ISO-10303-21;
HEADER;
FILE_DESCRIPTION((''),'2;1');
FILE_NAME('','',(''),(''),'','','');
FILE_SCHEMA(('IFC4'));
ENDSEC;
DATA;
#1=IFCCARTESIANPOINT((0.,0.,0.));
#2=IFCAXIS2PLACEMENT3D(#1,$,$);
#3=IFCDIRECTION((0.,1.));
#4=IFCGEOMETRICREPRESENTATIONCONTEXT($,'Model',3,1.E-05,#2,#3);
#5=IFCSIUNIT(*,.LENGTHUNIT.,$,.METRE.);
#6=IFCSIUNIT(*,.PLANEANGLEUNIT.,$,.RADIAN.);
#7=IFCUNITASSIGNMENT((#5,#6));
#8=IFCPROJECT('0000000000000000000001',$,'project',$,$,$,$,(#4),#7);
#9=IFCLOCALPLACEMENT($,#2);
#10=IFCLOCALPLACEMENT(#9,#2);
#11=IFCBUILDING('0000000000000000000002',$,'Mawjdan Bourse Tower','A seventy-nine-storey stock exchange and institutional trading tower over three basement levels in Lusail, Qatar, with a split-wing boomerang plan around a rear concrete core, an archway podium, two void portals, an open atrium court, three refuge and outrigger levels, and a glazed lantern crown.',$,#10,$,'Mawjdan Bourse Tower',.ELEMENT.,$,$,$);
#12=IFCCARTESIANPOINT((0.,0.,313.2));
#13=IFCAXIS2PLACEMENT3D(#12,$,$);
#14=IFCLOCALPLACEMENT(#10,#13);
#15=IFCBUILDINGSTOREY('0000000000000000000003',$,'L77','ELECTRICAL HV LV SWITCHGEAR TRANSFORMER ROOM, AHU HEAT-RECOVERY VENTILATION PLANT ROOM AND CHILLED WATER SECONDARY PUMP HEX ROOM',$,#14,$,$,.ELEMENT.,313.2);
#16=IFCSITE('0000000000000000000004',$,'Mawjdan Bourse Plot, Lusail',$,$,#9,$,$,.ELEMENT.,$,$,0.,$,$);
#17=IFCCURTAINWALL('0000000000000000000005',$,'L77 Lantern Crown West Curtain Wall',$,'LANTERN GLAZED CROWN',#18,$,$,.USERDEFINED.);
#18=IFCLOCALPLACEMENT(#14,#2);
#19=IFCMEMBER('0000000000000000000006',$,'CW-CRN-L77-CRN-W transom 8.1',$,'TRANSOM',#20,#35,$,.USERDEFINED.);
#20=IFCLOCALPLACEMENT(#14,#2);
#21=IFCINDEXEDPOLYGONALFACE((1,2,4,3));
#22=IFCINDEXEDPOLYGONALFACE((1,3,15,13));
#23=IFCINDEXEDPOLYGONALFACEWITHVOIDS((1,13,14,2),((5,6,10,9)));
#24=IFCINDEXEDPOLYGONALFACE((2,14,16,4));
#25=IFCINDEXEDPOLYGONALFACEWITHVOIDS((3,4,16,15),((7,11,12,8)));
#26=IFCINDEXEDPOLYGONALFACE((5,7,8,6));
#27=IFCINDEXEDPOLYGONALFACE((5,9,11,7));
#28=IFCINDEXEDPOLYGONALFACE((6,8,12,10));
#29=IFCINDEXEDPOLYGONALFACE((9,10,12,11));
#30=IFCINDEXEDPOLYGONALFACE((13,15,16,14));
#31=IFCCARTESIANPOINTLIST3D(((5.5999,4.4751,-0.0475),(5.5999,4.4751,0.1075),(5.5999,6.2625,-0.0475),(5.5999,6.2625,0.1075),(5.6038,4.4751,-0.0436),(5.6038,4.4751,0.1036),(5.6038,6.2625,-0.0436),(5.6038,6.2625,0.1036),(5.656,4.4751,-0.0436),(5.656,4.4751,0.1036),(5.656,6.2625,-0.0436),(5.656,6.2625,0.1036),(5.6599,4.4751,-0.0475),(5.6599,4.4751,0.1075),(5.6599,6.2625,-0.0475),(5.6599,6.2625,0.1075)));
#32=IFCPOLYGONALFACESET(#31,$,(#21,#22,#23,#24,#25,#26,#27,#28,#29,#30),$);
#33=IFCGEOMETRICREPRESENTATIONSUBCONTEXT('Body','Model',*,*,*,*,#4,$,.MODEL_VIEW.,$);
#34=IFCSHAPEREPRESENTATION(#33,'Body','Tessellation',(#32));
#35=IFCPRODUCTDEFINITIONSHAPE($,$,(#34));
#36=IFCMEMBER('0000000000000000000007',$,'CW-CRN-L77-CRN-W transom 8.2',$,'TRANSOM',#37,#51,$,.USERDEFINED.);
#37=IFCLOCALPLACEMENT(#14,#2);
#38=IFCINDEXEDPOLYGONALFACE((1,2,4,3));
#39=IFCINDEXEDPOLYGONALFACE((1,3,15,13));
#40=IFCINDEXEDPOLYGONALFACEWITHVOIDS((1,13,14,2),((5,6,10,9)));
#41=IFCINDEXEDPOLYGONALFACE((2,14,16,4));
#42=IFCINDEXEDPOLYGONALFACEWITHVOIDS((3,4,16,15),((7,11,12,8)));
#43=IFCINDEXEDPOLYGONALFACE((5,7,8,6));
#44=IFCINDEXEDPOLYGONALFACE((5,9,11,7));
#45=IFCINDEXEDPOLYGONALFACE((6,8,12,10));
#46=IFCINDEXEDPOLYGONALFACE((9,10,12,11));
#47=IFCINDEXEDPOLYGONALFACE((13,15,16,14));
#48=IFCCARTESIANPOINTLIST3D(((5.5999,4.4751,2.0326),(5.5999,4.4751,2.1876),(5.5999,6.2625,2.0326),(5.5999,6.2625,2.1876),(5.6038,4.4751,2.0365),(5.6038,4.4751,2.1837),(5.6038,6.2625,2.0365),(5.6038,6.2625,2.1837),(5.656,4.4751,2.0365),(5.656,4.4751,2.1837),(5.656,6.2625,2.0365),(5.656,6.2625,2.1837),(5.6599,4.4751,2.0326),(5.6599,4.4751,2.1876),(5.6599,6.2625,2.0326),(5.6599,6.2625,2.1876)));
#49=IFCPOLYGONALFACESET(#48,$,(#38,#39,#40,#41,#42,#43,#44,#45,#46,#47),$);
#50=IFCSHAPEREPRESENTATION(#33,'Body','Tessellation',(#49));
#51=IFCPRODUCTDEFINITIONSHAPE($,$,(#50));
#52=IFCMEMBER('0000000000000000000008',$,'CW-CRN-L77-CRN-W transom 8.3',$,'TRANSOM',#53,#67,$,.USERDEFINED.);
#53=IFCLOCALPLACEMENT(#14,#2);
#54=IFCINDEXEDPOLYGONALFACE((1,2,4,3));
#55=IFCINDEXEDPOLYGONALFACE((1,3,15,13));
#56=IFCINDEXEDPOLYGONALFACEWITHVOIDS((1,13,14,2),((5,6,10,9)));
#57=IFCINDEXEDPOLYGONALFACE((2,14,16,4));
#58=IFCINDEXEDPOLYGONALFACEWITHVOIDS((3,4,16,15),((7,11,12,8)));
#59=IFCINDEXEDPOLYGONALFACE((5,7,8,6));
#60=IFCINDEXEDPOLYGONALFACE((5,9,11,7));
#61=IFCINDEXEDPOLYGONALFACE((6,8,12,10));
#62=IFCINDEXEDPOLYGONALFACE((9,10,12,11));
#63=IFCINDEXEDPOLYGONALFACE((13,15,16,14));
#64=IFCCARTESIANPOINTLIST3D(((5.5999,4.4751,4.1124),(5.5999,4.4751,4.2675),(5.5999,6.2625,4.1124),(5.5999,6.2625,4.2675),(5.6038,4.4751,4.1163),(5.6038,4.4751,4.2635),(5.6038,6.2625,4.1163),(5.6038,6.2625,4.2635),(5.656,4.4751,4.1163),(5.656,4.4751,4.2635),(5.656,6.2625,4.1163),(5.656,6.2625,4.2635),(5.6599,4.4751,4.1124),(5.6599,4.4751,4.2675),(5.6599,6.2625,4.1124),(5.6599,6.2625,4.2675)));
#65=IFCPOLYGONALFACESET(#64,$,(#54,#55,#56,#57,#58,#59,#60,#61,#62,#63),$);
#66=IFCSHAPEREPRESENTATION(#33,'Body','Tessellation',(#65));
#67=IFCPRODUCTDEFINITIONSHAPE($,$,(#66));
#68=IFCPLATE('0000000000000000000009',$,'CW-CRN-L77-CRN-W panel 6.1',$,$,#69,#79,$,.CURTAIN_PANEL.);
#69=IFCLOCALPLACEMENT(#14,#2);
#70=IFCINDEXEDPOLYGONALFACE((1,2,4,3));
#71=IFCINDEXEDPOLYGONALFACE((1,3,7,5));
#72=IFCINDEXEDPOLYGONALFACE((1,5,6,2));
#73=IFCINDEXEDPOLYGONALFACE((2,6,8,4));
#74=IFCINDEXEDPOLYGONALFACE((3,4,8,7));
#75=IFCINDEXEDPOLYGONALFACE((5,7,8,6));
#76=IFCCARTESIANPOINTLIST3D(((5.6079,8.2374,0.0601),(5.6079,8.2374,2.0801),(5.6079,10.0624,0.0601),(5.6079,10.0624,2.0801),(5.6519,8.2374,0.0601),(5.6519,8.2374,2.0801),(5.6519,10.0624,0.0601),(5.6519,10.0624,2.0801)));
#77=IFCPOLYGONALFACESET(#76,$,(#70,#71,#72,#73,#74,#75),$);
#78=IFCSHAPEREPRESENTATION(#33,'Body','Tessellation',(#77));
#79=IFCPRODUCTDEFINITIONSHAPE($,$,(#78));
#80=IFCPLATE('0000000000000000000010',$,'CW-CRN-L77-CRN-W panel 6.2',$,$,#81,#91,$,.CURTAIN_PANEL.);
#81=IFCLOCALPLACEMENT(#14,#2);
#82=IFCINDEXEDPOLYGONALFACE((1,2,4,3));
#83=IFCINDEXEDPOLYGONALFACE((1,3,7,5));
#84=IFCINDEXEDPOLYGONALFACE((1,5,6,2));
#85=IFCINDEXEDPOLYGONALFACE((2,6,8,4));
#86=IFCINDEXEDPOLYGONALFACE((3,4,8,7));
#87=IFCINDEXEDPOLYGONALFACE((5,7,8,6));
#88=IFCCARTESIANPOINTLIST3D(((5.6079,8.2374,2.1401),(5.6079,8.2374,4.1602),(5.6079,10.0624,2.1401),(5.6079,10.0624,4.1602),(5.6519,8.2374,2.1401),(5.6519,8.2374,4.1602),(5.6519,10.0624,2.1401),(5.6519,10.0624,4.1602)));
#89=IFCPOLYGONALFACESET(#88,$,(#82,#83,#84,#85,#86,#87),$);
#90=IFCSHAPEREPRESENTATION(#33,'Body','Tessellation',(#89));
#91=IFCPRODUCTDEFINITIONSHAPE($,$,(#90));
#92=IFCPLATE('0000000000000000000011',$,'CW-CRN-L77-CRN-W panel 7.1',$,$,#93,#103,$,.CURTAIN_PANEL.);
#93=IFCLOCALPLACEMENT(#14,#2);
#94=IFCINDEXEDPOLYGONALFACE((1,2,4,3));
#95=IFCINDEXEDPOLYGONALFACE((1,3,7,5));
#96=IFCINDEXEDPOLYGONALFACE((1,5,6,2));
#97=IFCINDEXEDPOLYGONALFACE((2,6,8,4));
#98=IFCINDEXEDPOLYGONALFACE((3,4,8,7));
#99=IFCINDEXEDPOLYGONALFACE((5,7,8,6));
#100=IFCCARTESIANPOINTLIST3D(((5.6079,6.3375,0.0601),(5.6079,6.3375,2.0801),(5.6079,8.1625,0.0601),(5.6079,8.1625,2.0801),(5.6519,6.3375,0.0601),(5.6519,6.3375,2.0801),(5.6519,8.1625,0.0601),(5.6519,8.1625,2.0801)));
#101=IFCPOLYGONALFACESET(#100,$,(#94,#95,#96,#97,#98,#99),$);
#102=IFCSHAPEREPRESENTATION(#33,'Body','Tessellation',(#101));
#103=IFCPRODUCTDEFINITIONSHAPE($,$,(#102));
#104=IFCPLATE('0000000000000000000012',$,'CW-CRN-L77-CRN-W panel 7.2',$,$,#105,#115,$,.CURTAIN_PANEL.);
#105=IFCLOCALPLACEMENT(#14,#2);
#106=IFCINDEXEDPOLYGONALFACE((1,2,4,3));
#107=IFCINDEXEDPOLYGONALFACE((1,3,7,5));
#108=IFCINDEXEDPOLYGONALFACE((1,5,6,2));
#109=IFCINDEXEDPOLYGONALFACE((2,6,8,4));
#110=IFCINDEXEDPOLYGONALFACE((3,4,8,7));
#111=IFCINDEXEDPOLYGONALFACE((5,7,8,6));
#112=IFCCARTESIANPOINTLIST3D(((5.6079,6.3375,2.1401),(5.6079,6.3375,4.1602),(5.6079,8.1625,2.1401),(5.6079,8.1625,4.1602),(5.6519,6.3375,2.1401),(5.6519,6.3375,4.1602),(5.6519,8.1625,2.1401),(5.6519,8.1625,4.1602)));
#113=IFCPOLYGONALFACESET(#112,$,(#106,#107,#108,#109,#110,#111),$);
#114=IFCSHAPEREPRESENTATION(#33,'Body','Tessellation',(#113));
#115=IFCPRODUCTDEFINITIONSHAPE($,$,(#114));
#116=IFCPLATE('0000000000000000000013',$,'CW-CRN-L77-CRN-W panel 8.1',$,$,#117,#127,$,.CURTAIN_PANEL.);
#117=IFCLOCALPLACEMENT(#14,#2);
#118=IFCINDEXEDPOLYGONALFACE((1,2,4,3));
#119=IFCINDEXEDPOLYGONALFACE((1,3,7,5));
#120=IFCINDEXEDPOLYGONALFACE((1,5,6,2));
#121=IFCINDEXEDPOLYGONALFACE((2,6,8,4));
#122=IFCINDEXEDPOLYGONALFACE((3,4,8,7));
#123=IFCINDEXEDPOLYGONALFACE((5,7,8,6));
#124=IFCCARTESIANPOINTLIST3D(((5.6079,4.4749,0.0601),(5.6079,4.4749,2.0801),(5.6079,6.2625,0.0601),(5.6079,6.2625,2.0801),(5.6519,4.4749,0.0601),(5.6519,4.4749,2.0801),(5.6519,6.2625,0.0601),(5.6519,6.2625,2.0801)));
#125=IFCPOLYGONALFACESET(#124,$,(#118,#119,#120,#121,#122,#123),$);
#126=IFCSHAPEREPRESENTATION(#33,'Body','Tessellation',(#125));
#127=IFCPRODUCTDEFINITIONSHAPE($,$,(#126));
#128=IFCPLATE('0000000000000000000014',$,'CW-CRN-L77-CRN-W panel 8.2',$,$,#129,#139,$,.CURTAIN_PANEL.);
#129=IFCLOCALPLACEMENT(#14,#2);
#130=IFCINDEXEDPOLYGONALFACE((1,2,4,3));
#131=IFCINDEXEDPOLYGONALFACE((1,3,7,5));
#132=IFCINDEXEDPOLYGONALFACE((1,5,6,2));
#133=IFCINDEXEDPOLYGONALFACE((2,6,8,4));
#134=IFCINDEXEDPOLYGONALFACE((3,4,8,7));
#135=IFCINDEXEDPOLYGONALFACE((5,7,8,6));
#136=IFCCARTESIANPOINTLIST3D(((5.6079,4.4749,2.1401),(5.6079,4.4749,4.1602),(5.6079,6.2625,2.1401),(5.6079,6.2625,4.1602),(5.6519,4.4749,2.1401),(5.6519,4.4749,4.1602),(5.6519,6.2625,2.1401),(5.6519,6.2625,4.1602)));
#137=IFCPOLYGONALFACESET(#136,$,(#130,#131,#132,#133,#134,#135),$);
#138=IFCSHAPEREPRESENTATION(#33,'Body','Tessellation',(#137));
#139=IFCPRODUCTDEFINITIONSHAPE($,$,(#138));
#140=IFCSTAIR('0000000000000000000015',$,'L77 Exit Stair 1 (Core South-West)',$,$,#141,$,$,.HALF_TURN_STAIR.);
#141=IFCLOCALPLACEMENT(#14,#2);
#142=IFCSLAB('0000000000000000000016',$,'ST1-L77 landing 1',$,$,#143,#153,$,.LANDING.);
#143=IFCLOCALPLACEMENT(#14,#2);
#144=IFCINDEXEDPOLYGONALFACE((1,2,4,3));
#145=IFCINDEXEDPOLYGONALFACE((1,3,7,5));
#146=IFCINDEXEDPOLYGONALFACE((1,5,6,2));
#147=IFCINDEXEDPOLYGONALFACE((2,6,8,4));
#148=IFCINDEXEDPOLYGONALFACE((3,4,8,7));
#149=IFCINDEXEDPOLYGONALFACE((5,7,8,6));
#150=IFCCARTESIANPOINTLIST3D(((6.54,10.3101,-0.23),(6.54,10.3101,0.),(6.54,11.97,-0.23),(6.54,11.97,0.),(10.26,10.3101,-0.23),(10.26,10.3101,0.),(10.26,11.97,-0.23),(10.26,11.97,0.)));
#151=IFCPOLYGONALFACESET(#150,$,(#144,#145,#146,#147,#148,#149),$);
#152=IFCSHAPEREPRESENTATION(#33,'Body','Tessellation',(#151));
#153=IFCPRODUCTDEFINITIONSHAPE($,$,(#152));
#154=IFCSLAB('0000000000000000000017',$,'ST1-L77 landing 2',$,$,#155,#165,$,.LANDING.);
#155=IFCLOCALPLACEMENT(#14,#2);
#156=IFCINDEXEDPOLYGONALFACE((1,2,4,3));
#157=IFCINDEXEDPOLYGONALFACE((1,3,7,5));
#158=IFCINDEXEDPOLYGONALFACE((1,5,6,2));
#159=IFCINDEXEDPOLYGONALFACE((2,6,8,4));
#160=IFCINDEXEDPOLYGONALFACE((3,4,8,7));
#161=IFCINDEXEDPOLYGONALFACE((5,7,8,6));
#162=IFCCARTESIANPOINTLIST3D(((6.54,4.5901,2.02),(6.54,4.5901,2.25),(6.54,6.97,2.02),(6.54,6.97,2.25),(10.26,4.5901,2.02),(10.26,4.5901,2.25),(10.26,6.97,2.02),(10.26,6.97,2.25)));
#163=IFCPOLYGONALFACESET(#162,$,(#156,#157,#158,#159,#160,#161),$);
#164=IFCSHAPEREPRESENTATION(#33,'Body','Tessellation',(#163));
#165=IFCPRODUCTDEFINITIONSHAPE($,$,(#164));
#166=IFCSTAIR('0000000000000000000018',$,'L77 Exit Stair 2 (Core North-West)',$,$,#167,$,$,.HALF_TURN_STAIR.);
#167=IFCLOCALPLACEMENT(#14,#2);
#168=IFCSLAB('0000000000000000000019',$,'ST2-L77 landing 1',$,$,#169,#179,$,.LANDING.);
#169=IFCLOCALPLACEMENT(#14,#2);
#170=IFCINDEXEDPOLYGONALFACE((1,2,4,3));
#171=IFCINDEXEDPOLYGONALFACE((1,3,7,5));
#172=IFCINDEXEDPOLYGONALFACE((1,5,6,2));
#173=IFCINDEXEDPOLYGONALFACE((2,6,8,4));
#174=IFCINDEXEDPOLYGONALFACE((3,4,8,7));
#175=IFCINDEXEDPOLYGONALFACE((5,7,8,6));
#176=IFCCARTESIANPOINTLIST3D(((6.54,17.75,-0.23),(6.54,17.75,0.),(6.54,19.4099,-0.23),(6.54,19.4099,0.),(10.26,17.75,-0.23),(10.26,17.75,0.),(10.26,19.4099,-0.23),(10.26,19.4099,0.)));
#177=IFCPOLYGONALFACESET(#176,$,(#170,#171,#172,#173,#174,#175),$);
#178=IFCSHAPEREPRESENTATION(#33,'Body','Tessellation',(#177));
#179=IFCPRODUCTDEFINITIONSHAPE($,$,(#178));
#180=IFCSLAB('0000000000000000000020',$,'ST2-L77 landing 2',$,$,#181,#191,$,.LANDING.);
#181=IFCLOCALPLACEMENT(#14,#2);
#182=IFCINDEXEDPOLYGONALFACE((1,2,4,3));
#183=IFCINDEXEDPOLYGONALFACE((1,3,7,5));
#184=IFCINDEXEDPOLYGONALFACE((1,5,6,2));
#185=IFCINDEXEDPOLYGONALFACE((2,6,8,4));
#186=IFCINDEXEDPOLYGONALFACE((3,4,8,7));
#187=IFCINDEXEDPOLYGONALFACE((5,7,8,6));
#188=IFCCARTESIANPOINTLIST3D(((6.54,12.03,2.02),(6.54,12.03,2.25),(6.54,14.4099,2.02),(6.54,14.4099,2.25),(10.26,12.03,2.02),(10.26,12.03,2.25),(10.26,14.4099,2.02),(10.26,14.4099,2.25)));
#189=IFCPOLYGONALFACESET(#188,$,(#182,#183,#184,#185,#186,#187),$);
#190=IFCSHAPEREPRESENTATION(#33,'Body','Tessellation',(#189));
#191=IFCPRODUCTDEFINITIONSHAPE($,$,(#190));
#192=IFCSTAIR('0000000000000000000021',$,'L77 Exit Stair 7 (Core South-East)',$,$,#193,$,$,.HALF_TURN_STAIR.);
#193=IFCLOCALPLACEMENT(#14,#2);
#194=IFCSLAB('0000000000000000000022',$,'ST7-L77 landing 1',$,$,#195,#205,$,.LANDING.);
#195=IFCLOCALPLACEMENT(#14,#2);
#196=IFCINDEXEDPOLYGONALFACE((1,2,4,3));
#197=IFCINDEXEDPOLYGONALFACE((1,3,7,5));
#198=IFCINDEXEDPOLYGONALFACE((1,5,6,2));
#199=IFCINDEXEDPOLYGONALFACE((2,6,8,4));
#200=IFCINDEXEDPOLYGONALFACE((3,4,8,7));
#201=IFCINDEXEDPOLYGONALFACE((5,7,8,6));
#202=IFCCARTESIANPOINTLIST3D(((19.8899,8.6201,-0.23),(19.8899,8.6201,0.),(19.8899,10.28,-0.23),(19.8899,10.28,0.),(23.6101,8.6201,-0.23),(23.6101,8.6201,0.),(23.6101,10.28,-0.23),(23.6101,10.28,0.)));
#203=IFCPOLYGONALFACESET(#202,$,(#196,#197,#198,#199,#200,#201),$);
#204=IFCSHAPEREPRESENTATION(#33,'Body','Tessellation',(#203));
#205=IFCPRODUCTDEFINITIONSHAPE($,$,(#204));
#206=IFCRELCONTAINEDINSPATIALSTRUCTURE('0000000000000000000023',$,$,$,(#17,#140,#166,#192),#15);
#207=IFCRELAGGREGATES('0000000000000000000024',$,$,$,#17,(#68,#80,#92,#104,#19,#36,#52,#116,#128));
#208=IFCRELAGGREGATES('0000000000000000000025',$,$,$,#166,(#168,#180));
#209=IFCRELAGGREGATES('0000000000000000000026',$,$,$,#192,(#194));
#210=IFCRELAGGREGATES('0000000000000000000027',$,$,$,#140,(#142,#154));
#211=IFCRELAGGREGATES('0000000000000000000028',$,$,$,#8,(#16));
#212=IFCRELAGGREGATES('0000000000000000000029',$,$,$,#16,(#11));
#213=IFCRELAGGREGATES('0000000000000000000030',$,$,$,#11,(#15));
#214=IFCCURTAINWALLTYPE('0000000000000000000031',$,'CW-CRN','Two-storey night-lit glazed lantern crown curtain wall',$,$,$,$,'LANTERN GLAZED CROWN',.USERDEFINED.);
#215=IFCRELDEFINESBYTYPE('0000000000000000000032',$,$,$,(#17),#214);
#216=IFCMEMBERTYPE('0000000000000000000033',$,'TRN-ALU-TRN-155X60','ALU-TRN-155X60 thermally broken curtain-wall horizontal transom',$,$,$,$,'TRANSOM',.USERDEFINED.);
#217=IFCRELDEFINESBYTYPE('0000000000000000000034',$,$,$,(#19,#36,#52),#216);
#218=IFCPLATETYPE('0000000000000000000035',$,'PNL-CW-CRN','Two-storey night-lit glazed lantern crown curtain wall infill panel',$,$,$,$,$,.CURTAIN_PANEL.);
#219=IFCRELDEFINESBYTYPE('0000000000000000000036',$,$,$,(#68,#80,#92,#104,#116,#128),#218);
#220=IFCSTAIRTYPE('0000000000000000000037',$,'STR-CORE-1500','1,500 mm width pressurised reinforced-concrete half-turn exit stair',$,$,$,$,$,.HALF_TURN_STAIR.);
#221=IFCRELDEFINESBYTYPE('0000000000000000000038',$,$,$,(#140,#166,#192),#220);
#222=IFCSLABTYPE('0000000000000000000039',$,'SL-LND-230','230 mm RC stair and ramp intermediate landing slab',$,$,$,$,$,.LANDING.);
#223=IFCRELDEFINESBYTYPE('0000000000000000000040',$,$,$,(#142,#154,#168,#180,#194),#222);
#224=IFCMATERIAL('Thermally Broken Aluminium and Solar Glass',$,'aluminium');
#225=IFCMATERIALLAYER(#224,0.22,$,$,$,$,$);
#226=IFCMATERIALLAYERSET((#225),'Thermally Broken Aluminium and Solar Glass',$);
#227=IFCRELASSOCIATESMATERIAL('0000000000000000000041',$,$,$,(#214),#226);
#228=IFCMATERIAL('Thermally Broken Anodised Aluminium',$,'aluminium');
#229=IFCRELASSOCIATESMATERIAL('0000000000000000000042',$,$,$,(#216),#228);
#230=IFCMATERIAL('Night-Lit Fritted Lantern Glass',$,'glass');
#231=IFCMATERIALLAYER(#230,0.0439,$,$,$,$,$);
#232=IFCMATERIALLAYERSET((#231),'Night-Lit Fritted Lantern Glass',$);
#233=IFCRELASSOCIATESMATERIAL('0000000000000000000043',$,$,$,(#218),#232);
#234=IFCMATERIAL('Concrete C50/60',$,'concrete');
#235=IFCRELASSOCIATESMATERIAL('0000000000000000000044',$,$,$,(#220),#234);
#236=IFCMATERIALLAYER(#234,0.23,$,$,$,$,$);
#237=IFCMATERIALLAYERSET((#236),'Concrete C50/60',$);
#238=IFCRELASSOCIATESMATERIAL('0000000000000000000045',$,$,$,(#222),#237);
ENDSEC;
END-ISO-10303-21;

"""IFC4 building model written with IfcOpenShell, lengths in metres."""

from ifc_helpers import new_model, si_unit, direction, frame, origin, origin_2d, place, context, subcontext, project, spatial, polyline, rectangle, hollow_rectangle, outline, extrude, material, layer, layer_set, material_profile, profile_set, type_object, element, aggregate, save


model = new_model("IFC4")

# Units and contexts
model_context = context("Model", 3, precision=1e-05, world=origin(), true_north=direction((0.0, 1.0)))
body_context = subcontext(model_context, "Body", "Model", "MODEL_VIEW")
ifc_project = project(units=[si_unit("LENGTHUNIT", "METRE"), si_unit("PLANEANGLEUNIT", "RADIAN")], contexts=[model_context])

# Site, building, storey
site_placement = place(None, origin())
site = spatial("IfcSite", under=ifc_project, at=site_placement, Name="Mawjdan Bourse Plot, Lusail", CompositionType="ELEMENT", RefElevation=0.0)
building_placement = place(site_placement, origin())
building = spatial("IfcBuilding", under=site, at=building_placement, Name="Mawjdan Bourse Tower", Description="A seventy-nine-storey stock exchange and institutional trading tower over three basement levels in Lusail, Qatar, with a split-wing boomerang plan around a rear concrete core, an archway podium, two void portals, an open atrium court, three refuge and outrigger levels, and a glazed lantern crown.", LongName="Mawjdan Bourse Tower", CompositionType="ELEMENT")
storey_placement = place(building_placement, frame((0.0, 0.0, 313.2)))
storey = spatial("IfcBuildingStorey", under=building, at=storey_placement, Name="L77", Description="ELECTRICAL HV LV SWITCHGEAR TRANSFORMER ROOM, AHU HEAT-RECOVERY VENTILATION PLANT ROOM AND CHILLED WATER SECONDARY PUMP HEX ROOM", CompositionType="ELEMENT", Elevation=313.2)

# Shared definitions
ifc_material_1 = material(Name="Thermally Broken Aluminium and Solar Glass", Category="aluminium")
ifc_layer_1 = layer(ifc_material_1, 0.22)
ifc_layer_set_1 = layer_set([ifc_layer_1], Name="Thermally Broken Aluminium and Solar Glass")
curtain_wall_type = type_object("IfcCurtainWallType", Name="CW-CRN", Description="Two-storey night-lit glazed lantern crown curtain wall", ElementType="LANTERN GLAZED CROWN", PredefinedType="USERDEFINED", material=ifc_layer_set_1)
ifc_material_2 = material(Name="Thermally Broken Anodised Aluminium", Category="aluminium")

# Curtain wall, members, plates
curtain_wall_1_placement = place(storey_placement, origin())
curtain_wall_1 = element("IfcCurtainWall", 1, at=curtain_wall_1_placement, inside=storey, type_object=curtain_wall_type, Name="L77 Lantern Crown West Curtain Wall", ObjectType="LANTERN GLAZED CROWN", PredefinedType="USERDEFINED")
ifc_material_profile_1 = material_profile(ifc_material_2, hollow_rectangle(XDim=0.0601, YDim=0.155, WallThickness=0.0039, at=origin_2d()), Name="ALU-TRN-155X60")
ifc_profile_set_1 = profile_set([ifc_material_profile_1], Name="Thermally Broken Anodised Aluminium")
member_type_1 = type_object("IfcMemberType", Name="TRN-ALU-TRN-155X60", Description="ALU-TRN-155X60 thermally broken curtain-wall horizontal transom", ElementType="TRANSOM", PredefinedType="USERDEFINED", material=ifc_profile_set_1)
member_1_placement = place(storey_placement, frame((5.6299, 6.2625, 0.03), z_axis=(0.0, -1.0, 0.0), x_axis=(1.0, 0.0, 0.0)))
member_1 = element("IfcMember", 2, at=member_1_placement, type_object=member_type_1, Name="CW-CRN-L77-CRN-W transom 8.1", ObjectType="TRANSOM", PredefinedType="USERDEFINED", context=body_context, shape_type="SweptSolid", body=[
    extrude(hollow_rectangle(XDim=0.0601, YDim=0.155, WallThickness=0.0039, at=origin_2d()), origin(), (0.0, 0.0, 1.0), 1.7874),
])
member_2_placement = place(storey_placement, frame((5.6299, 6.2625, 2.1101), z_axis=(0.0, -1.0, 0.0), x_axis=(1.0, 0.0, 0.0)))
member_2 = element("IfcMember", 3, at=member_2_placement, type_object=member_type_1, Name="CW-CRN-L77-CRN-W transom 8.2", ObjectType="TRANSOM", PredefinedType="USERDEFINED", context=body_context, shape_type="SweptSolid", body=[
    extrude(hollow_rectangle(XDim=0.0601, YDim=0.155, WallThickness=0.0039, at=origin_2d()), origin(), (0.0, 0.0, 1.0), 1.7874),
])
member_3_placement = place(storey_placement, frame((5.6299, 6.2625, 4.1899), z_axis=(0.0, -1.0, 0.0), x_axis=(1.0, 0.0, 0.0)))
member_3 = element("IfcMember", 4, at=member_3_placement, type_object=member_type_1, Name="CW-CRN-L77-CRN-W transom 8.3", ObjectType="TRANSOM", PredefinedType="USERDEFINED", context=body_context, shape_type="SweptSolid", body=[
    extrude(hollow_rectangle(XDim=0.0601, YDim=0.155, WallThickness=0.0039, at=origin_2d()), origin(), (0.0, 0.0, 1.0), 1.7874),
])
ifc_material_3 = material(Name="Night-Lit Fritted Lantern Glass", Category="glass")
ifc_layer_2 = layer(ifc_material_3, 0.0439)
ifc_layer_set_2 = layer_set([ifc_layer_2], Name="Night-Lit Fritted Lantern Glass")
plate_type = type_object("IfcPlateType", Name="PNL-CW-CRN", Description="Two-storey night-lit glazed lantern crown curtain wall infill panel", PredefinedType="CURTAIN_PANEL", material=ifc_layer_set_2)
plate_1_placement = place(storey_placement, frame((5.6299, 9.1499, 0.0601), z_axis=(0.0, 0.0, 1.0), x_axis=(0.0, -1.0, 0.0)))
plate_1 = element("IfcPlate", 5, at=plate_1_placement, type_object=plate_type, Name="CW-CRN-L77-CRN-W panel 6.1", PredefinedType="CURTAIN_PANEL", context=body_context, shape_type="SweptSolid", body=[
    extrude(rectangle(XDim=1.825, YDim=0.0439, at=origin_2d()), origin(), (0.0, 0.0, 1.0), 2.02),
])
plate_2_placement = place(storey_placement, frame((5.6299, 9.1499, 2.1401), z_axis=(0.0, 0.0, 1.0), x_axis=(0.0, -1.0, 0.0)))
plate_2 = element("IfcPlate", 6, at=plate_2_placement, type_object=plate_type, Name="CW-CRN-L77-CRN-W panel 6.2", PredefinedType="CURTAIN_PANEL", context=body_context, shape_type="SweptSolid", body=[
    extrude(rectangle(XDim=1.825, YDim=0.0439, at=origin_2d()), origin(), (0.0, 0.0, 1.0), 2.02),
])
plate_3_placement = place(storey_placement, frame((5.6299, 7.25, 0.0601), z_axis=(0.0, 0.0, 1.0), x_axis=(0.0, -1.0, 0.0)))
plate_3 = element("IfcPlate", 7, at=plate_3_placement, type_object=plate_type, Name="CW-CRN-L77-CRN-W panel 7.1", PredefinedType="CURTAIN_PANEL", context=body_context, shape_type="SweptSolid", body=[
    extrude(rectangle(XDim=1.825, YDim=0.0439, at=origin_2d()), origin(), (0.0, 0.0, 1.0), 2.02),
])
plate_4_placement = place(storey_placement, frame((5.6299, 7.25, 2.1401), z_axis=(0.0, 0.0, 1.0), x_axis=(0.0, -1.0, 0.0)))
plate_4 = element("IfcPlate", 8, at=plate_4_placement, type_object=plate_type, Name="CW-CRN-L77-CRN-W panel 7.2", PredefinedType="CURTAIN_PANEL", context=body_context, shape_type="SweptSolid", body=[
    extrude(rectangle(XDim=1.825, YDim=0.0439, at=origin_2d()), origin(), (0.0, 0.0, 1.0), 2.02),
])
plate_5_placement = place(storey_placement, frame((5.6299, 5.3687, 0.0601), z_axis=(0.0, 0.0, 1.0), x_axis=(0.0, -1.0, 0.0)))
plate_5 = element("IfcPlate", 9, at=plate_5_placement, type_object=plate_type, Name="CW-CRN-L77-CRN-W panel 8.1", PredefinedType="CURTAIN_PANEL", context=body_context, shape_type="SweptSolid", body=[
    extrude(rectangle(XDim=1.7876, YDim=0.0439, at=origin_2d()), origin(), (0.0, 0.0, 1.0), 2.02),
])
plate_6_placement = place(storey_placement, frame((5.6299, 5.3687, 2.1401), z_axis=(0.0, 0.0, 1.0), x_axis=(0.0, -1.0, 0.0)))
plate_6 = element("IfcPlate", 10, at=plate_6_placement, type_object=plate_type, Name="CW-CRN-L77-CRN-W panel 8.2", PredefinedType="CURTAIN_PANEL", context=body_context, shape_type="SweptSolid", body=[
    extrude(rectangle(XDim=1.7876, YDim=0.0439, at=origin_2d()), origin(), (0.0, 0.0, 1.0), 2.02),
])
aggregate(curtain_wall_1, [plate_1, plate_2, plate_3, plate_4, member_1, member_2, member_3, plate_5, plate_6])

# Stairs, slabs
ifc_material_4 = material(Name="Concrete C50/60", Category="concrete")
stair_type = type_object("IfcStairType", Name="STR-CORE-1500", Description="1,500 mm width pressurised reinforced-concrete half-turn exit stair", PredefinedType="HALF_TURN_STAIR", material=ifc_material_4)
stair_1_placement = place(storey_placement, origin())
stair_1 = element("IfcStair", 11, at=stair_1_placement, inside=storey, type_object=stair_type, Name="L77 Exit Stair 1 (Core South-West)", PredefinedType="HALF_TURN_STAIR")
ifc_layer_3 = layer(ifc_material_4, 0.23)
ifc_layer_set_3 = layer_set([ifc_layer_3], Name="Concrete C50/60")
slab_type_1 = type_object("IfcSlabType", Name="SL-LND-230", Description="230 mm RC stair and ramp intermediate landing slab", PredefinedType="LANDING", material=ifc_layer_set_3)
slab_1_placement = place(storey_placement, frame((0.0, 0.0, -0.23)))
slab_1 = element("IfcSlab", 12, at=slab_1_placement, type_object=slab_type_1, Name="ST1-L77 landing 1", PredefinedType="LANDING", context=body_context, shape_type="SweptSolid", body=[
    extrude(outline(polyline([(6.54, 10.3101), (10.26, 10.3101), (10.26, 11.97), (6.54, 11.97), (6.54, 10.3101)])), origin(), (0.0, 0.0, 1.0), 0.23),
])
slab_2_placement = place(storey_placement, frame((0.0, 0.0, 2.02)))
slab_2 = element("IfcSlab", 13, at=slab_2_placement, type_object=slab_type_1, Name="ST1-L77 landing 2", PredefinedType="LANDING", context=body_context, shape_type="SweptSolid", body=[
    extrude(outline(polyline([(6.54, 4.5901), (10.26, 4.5901), (10.26, 6.97), (6.54, 6.97), (6.54, 4.5901)])), origin(), (0.0, 0.0, 1.0), 0.23),
])
stair_2_placement = place(storey_placement, origin())
stair_2 = element("IfcStair", 14, at=stair_2_placement, inside=storey, type_object=stair_type, Name="L77 Exit Stair 2 (Core North-West)", PredefinedType="HALF_TURN_STAIR")
slab_3_placement = place(storey_placement, frame((0.0, 0.0, -0.23)))
slab_3 = element("IfcSlab", 15, at=slab_3_placement, type_object=slab_type_1, Name="ST2-L77 landing 1", PredefinedType="LANDING", context=body_context, shape_type="SweptSolid", body=[
    extrude(outline(polyline([(6.54, 17.75), (10.26, 17.75), (10.26, 19.4099), (6.54, 19.4099), (6.54, 17.75)])), origin(), (0.0, 0.0, 1.0), 0.23),
])
slab_4_placement = place(storey_placement, frame((0.0, 0.0, 2.02)))
slab_4 = element("IfcSlab", 16, at=slab_4_placement, type_object=slab_type_1, Name="ST2-L77 landing 2", PredefinedType="LANDING", context=body_context, shape_type="SweptSolid", body=[
    extrude(outline(polyline([(6.54, 12.03), (10.26, 12.03), (10.26, 14.4099), (6.54, 14.4099), (6.54, 12.03)])), origin(), (0.0, 0.0, 1.0), 0.23),
])
aggregate(stair_2, [slab_3, slab_4])
stair_3_placement = place(storey_placement, origin())
stair_3 = element("IfcStair", 17, at=stair_3_placement, inside=storey, type_object=stair_type, Name="L77 Exit Stair 7 (Core South-East)", PredefinedType="HALF_TURN_STAIR")
slab_5_placement = place(storey_placement, frame((0.0, 0.0, -0.23)))
slab_5 = element("IfcSlab", 18, at=slab_5_placement, type_object=slab_type_1, Name="ST7-L77 landing 1", PredefinedType="LANDING", context=body_context, shape_type="SweptSolid", body=[
    extrude(outline(polyline([(19.8899, 8.6201), (23.6101, 8.6201), (23.6101, 10.28), (19.8899, 10.28), (19.8899, 8.6201)])), origin(), (0.0, 0.0, 1.0), 0.23),
])
aggregate(stair_3, [slab_5])

aggregate(stair_1, [slab_1, slab_2])

save(model, "model.ifc")
